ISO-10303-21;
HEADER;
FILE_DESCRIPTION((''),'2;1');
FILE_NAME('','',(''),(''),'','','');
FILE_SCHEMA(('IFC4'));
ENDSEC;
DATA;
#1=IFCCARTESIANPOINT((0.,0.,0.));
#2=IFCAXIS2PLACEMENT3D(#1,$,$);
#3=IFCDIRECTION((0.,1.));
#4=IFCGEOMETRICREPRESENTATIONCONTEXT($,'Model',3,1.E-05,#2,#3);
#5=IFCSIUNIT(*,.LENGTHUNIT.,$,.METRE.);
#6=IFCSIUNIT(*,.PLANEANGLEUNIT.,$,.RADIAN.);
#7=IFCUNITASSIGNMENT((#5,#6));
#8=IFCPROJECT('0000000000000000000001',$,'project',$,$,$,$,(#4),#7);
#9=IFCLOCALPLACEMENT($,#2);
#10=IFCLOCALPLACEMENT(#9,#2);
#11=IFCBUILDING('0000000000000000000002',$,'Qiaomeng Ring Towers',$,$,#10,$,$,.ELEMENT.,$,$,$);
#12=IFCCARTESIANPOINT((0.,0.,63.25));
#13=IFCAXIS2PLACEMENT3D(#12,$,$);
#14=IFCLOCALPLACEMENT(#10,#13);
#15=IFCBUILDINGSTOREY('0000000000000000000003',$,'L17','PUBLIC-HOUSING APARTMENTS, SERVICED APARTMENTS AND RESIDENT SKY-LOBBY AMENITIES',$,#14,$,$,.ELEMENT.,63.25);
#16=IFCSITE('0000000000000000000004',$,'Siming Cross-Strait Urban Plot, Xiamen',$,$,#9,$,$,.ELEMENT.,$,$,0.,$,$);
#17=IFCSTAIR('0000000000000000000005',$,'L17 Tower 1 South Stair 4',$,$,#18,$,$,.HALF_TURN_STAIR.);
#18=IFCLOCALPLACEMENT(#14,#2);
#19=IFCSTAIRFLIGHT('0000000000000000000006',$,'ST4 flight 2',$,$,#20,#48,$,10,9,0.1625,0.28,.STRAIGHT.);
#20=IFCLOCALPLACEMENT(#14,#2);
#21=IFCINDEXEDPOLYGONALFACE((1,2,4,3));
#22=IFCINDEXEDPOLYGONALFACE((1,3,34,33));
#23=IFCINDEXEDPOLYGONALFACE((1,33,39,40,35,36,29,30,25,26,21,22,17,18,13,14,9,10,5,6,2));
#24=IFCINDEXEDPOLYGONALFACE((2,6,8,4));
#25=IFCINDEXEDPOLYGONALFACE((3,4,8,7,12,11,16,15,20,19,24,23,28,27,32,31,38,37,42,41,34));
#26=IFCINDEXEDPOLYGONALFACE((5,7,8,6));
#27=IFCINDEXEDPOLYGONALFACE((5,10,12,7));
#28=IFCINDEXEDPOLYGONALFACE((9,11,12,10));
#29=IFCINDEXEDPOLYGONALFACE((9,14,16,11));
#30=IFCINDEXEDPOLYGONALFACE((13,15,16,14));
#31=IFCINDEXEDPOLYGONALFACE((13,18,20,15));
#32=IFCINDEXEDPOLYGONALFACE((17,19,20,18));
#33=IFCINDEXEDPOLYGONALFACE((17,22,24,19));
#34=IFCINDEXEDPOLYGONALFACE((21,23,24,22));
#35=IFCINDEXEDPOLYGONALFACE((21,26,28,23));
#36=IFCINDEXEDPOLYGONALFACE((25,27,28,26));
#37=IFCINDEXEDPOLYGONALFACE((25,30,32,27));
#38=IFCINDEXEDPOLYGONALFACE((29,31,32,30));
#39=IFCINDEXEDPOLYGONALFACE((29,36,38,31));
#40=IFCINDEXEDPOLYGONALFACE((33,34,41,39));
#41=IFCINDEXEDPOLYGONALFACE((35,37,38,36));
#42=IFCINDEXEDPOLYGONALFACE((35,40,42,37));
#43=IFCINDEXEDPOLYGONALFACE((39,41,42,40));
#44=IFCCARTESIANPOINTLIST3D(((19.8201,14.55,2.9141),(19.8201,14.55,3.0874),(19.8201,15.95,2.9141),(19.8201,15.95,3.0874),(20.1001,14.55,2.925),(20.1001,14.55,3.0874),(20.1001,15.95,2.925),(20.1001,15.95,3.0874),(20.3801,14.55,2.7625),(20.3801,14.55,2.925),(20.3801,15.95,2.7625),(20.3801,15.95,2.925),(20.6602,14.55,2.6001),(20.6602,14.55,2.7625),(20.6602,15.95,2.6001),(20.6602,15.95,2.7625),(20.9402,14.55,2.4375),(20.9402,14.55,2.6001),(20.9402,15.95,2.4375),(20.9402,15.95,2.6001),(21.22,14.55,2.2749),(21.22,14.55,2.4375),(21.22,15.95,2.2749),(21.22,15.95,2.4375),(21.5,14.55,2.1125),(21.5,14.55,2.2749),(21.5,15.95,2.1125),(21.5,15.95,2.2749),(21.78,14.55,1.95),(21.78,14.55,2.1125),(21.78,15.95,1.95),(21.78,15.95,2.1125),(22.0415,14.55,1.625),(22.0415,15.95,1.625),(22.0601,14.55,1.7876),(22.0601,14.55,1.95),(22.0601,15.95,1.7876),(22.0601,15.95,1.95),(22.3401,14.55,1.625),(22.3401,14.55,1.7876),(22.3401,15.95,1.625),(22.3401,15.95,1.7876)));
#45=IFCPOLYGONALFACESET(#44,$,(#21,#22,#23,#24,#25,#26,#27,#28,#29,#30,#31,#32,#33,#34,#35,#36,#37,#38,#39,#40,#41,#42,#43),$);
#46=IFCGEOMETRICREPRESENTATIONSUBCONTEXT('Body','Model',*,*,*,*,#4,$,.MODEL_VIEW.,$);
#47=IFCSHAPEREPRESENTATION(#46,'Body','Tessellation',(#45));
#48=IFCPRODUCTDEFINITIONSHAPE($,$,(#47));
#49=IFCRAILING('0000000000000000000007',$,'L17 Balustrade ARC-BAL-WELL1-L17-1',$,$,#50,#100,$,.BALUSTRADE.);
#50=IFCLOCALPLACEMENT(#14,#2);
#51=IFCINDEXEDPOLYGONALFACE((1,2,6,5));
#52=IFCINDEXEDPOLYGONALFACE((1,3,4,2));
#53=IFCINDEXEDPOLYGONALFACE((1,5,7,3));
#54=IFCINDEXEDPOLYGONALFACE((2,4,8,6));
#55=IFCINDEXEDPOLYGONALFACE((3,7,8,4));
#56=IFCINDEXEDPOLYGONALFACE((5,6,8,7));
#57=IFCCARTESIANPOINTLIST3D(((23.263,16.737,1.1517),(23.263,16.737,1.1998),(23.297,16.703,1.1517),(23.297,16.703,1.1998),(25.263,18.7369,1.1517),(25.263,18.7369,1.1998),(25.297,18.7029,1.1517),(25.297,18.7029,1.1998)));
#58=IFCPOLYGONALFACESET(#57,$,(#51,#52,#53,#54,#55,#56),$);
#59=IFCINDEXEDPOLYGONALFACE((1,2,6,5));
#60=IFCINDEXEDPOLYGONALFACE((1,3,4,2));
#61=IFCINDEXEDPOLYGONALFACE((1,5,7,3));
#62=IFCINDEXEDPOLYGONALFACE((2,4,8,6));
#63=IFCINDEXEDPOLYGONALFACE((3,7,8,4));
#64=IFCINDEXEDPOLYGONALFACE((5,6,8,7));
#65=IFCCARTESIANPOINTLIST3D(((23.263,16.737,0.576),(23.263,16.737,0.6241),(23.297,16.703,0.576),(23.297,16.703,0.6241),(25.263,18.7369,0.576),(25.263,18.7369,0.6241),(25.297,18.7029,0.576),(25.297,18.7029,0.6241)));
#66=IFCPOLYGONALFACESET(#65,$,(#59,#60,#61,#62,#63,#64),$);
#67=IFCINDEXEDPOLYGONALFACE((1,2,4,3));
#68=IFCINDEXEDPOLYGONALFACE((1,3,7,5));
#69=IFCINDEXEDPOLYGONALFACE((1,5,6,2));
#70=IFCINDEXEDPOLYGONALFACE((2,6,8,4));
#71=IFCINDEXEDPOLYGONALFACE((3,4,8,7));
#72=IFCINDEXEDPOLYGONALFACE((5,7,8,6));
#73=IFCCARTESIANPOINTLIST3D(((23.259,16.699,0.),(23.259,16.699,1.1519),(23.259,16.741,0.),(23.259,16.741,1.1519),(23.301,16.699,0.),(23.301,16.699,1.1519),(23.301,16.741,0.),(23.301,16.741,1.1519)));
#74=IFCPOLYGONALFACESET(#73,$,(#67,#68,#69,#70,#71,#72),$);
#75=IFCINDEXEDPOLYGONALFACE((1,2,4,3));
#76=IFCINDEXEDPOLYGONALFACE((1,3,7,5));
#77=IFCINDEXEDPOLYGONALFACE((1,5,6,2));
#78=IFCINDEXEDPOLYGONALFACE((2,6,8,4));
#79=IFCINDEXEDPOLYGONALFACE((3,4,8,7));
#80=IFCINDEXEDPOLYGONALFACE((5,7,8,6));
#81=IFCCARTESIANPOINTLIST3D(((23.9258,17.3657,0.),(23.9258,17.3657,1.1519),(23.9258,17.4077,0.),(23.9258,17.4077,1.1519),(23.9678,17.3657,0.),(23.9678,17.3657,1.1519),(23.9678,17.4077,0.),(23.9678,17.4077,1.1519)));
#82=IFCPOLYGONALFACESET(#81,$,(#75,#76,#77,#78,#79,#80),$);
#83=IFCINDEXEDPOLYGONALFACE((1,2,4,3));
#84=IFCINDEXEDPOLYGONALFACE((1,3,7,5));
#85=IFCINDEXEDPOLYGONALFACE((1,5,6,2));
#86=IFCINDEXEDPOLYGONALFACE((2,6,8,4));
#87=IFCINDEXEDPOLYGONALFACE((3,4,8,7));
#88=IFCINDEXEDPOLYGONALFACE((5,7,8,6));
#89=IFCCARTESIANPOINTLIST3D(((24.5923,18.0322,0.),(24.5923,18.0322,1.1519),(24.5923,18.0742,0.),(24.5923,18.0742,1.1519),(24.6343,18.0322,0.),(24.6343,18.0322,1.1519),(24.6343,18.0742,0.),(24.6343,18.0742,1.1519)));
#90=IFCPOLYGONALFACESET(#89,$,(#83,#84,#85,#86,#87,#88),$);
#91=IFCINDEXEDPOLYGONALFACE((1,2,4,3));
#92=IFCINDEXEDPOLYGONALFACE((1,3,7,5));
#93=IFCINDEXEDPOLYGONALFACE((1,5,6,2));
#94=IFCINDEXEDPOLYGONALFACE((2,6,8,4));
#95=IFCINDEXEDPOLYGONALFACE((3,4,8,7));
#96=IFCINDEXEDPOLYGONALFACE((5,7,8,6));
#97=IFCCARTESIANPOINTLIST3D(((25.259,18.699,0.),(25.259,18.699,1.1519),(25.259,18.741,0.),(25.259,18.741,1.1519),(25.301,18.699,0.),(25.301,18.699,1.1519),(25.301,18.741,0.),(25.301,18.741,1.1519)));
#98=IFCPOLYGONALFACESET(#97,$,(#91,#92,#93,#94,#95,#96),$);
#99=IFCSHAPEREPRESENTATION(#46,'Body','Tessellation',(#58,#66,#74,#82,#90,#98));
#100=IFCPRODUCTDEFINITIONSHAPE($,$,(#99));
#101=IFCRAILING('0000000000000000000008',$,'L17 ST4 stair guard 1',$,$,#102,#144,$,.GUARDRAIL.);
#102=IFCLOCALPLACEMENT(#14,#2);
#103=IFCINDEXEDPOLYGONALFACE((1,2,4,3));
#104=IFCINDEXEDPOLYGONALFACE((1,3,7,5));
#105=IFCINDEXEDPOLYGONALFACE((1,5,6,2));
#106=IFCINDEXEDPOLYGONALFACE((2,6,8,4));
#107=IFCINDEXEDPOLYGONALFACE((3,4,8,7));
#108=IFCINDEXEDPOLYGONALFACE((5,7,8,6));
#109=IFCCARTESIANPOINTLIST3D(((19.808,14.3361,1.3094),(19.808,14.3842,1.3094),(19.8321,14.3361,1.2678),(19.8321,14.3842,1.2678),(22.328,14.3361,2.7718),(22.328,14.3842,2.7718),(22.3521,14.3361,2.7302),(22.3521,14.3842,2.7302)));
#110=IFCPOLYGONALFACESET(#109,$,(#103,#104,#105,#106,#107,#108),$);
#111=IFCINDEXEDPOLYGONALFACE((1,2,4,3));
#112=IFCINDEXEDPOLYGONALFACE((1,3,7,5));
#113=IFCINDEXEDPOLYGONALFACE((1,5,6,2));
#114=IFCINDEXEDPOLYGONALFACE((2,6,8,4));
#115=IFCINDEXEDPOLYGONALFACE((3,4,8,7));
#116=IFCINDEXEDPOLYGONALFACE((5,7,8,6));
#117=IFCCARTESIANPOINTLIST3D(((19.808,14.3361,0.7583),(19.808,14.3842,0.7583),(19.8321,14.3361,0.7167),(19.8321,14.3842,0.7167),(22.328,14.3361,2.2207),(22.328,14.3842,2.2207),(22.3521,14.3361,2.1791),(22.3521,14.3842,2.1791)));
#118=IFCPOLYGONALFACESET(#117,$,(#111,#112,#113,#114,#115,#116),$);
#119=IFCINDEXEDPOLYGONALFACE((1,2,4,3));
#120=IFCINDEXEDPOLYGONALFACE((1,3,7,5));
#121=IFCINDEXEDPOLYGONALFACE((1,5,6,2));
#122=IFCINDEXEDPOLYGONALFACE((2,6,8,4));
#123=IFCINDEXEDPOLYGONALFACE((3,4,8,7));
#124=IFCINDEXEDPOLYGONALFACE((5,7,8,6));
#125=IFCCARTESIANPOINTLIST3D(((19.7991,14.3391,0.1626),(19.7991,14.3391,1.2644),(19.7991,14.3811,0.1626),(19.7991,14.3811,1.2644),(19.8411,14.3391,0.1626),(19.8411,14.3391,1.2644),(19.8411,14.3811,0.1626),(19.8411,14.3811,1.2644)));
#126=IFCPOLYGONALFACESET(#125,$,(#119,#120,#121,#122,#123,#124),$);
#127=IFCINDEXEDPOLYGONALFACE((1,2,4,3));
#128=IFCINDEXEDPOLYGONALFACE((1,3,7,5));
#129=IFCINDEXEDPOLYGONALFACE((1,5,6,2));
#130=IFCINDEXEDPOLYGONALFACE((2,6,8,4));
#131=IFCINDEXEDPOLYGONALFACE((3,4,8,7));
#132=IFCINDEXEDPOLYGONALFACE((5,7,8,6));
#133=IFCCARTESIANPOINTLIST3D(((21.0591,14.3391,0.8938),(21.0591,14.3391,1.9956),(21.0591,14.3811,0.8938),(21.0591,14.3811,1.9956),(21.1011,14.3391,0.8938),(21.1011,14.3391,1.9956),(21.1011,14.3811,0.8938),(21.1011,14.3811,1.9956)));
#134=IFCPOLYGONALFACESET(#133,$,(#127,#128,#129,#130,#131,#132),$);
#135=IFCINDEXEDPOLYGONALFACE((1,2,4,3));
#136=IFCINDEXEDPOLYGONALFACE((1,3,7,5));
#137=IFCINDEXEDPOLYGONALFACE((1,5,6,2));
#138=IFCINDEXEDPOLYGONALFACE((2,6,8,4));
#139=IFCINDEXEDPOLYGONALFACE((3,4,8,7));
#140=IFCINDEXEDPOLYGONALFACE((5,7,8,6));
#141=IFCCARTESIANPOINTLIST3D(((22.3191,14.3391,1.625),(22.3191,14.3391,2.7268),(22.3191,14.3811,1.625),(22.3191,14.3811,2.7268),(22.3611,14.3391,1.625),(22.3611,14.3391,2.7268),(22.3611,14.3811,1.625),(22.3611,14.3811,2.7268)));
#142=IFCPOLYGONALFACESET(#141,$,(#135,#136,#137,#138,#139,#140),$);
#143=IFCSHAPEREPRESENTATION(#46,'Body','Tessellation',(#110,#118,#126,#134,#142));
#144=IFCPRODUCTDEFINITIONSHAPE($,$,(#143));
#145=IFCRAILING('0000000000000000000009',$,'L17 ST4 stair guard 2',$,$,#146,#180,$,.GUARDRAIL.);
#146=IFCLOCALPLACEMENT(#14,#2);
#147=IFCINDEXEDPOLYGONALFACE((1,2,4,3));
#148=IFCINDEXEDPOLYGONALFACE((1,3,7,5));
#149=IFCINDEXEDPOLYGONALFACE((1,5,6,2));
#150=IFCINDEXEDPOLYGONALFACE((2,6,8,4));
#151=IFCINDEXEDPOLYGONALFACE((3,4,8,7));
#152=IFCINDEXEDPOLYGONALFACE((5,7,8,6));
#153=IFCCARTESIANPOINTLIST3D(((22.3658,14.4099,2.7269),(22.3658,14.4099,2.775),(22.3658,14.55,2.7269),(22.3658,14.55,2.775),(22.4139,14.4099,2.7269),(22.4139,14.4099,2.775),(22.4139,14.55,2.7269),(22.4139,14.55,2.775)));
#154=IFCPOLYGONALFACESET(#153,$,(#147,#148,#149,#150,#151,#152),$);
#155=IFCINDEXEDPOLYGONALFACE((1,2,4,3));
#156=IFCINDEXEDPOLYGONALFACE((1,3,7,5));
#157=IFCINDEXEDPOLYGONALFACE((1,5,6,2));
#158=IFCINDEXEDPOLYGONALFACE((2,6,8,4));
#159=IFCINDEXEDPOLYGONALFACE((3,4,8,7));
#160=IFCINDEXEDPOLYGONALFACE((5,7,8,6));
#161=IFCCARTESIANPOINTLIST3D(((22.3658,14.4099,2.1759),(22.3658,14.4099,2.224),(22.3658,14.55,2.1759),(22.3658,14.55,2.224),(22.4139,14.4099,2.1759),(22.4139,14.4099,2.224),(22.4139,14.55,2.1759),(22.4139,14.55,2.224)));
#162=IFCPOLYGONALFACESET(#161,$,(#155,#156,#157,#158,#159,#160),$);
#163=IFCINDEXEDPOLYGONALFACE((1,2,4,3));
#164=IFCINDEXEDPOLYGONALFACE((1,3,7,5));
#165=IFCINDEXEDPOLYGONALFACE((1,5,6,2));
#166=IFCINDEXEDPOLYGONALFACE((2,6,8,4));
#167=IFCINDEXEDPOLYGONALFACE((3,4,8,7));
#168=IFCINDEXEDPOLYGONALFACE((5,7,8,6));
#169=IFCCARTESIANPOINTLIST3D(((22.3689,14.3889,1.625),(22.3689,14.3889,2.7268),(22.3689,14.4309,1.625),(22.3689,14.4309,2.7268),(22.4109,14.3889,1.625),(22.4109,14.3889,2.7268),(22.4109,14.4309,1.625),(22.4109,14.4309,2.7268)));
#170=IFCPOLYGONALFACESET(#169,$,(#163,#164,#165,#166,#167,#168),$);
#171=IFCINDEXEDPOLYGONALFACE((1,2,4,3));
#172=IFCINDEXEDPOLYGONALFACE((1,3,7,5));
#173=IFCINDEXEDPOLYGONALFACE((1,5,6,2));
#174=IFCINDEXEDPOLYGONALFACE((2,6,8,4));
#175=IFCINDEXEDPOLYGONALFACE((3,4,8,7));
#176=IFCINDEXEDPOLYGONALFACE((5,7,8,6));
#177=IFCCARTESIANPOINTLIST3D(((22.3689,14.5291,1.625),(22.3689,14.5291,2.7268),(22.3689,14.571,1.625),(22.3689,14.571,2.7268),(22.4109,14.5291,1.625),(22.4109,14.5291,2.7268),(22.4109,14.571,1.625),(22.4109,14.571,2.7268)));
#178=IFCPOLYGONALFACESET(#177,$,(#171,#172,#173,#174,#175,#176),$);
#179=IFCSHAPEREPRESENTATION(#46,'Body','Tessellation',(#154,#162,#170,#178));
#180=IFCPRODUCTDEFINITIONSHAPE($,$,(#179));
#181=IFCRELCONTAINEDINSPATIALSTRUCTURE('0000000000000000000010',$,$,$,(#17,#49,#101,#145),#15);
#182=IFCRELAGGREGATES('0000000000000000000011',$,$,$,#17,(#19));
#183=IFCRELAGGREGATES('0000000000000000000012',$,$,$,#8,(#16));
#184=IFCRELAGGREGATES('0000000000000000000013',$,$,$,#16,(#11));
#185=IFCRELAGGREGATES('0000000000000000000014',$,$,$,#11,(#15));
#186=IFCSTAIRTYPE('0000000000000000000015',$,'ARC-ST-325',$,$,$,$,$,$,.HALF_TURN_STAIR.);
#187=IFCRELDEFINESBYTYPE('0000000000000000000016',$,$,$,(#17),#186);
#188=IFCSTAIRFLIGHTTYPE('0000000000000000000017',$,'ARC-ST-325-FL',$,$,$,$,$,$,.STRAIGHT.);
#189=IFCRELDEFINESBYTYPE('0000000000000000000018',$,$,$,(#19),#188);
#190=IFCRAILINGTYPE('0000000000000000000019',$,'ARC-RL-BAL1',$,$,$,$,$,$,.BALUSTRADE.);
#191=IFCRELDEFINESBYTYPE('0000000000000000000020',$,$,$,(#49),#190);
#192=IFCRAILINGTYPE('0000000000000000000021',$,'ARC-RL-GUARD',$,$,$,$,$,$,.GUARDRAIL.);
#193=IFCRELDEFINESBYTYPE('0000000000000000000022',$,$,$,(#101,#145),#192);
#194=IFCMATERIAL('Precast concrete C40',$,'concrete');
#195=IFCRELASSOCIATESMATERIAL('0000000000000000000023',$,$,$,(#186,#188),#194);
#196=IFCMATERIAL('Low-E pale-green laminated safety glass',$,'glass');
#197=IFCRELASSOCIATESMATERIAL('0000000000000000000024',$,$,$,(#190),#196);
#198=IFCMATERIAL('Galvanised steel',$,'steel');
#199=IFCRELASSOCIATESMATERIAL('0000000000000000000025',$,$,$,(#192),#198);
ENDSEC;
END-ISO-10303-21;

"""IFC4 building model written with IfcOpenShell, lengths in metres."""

from ifc_helpers import new_model, si_unit, direction, frame, origin, origin_2d, place, context, subcontext, project, spatial, polyline, rectangle, outline, extrude, source, transform, mapped, material, type_object, element, aggregate, save


model = new_model("IFC4")

# Units and contexts
model_context = context("Model", 3, precision=1e-05, world=origin(), true_north=direction((0.0, 1.0)))
body_context = subcontext(model_context, "Body", "Model", "MODEL_VIEW")
ifc_project = project(units=[si_unit("LENGTHUNIT", "METRE"), si_unit("PLANEANGLEUNIT", "RADIAN")], contexts=[model_context])

# Site, building, storey
site_placement = place(None, origin())
site = spatial("IfcSite", under=ifc_project, at=site_placement, Name="Siming Cross-Strait Urban Plot, Xiamen", CompositionType="ELEMENT", RefElevation=0.0)
building_placement = place(site_placement, origin())
building = spatial("IfcBuilding", under=site, at=building_placement, Name="Qiaomeng Ring Towers", CompositionType="ELEMENT")
storey_placement = place(building_placement, frame((0.0, 0.0, 63.25)))
storey = spatial("IfcBuildingStorey", under=building, at=storey_placement, Name="L17", Description="PUBLIC-HOUSING APARTMENTS, SERVICED APARTMENTS AND RESIDENT SKY-LOBBY AMENITIES", CompositionType="ELEMENT", Elevation=63.25)

# Shared definitions
ifc_material_1 = material(Name="Galvanised steel", Category="steel")

# Stair, stair flight
ifc_material_2 = material(Name="Precast concrete C40", Category="concrete")
stair_type = type_object("IfcStairType", Name="ARC-ST-325", PredefinedType="HALF_TURN_STAIR", material=ifc_material_2)
stair_placement = place(storey_placement, origin())
stair = element("IfcStair", 1, at=stair_placement, inside=storey, type_object=stair_type, Name="L17 Tower 1 South Stair 4", PredefinedType="HALF_TURN_STAIR")
stair_flight_type = type_object("IfcStairFlightType", Name="ARC-ST-325-FL", PredefinedType="STRAIGHT", material=ifc_material_2)
shared_shape_1 = source(origin(), body_context, "Body", "SweptSolid", [
    extrude(outline(polyline([(0.0, 0.0), (0.0, 0.1626), (0.28, 0.1626), (0.28, 0.325), (0.5601, 0.325), (0.5601, 0.4875), (0.8401, 0.4875), (0.8401, 0.6499), (1.1201, 0.6499), (1.1201, 0.8125), (1.3999, 0.8125), (1.3999, 0.9751), (1.6799, 0.9751), (1.6799, 1.1375), (1.96, 1.1375), (1.96, 1.3), (2.24, 1.3), (2.24, 1.4624), (2.52, 1.4624), (2.52, 1.625), (2.52, 1.2891), (0.2986, 0.0), (0.0, 0.0)])), frame((0.0, 0.7, 0.0), z_axis=(0.0, -1.0, 0.0), x_axis=(1.0, 0.0, 0.0)), (0.0, 0.0, 1.0), 1.3999),
])
stair_flight_placement = place(storey_placement, frame((22.3401, 15.25, 1.625), z_axis=(0.0, 0.0, 1.0), x_axis=(-1.0, 0.0, 0.0)))
stair_flight = element("IfcStairFlight", 2, at=stair_flight_placement, type_object=stair_flight_type, Name="ST4 flight 2", NumberOfRisers=10, NumberOfTreads=9, PredefinedType="STRAIGHT", RiserHeight=0.1625, TreadLength=0.28, context=body_context, shape_type="MappedRepresentation", body=[
    mapped(shared_shape_1, transform((0.0, 0.0, 0.0), x_axis=(1.0, 0.0, 0.0), y_axis=(0.0, 1.0, 0.0), z_axis=(0.0, 0.0, 1.0), scale=1.0)),
])
aggregate(stair, [stair_flight])

# Railings
ifc_material_3 = material(Name="Low-E pale-green laminated safety glass", Category="glass")
railing_type_1 = type_object("IfcRailingType", Name="ARC-RL-BAL1", PredefinedType="BALUSTRADE", material=ifc_material_3)
railing_1_placement = place(storey_placement, frame((23.28, 16.72, 0.0)))
element("IfcRailing", 3, at=railing_1_placement, inside=storey, type_object=railing_type_1, Name="L17 Balustrade ARC-BAL-WELL1-L17-1", PredefinedType="BALUSTRADE", context=body_context, shape_type="SweptSolid", body=[
    extrude(rectangle(XDim=0.0481, YDim=0.0481, at=origin_2d()), frame((0.0, 0.0, 1.1758), z_axis=(0.707107, 0.707107, 0.0), x_axis=(-0.707107, 0.707107, 0.0)), (0.0, 0.0, 1.0), 2.8284),
    extrude(rectangle(XDim=0.0481, YDim=0.0481, at=origin_2d()), frame((0.0, 0.0, 0.6001), z_axis=(0.707107, 0.707107, 0.0), x_axis=(-0.707107, 0.707107, 0.0)), (0.0, 0.0, 1.0), 2.8284),
    extrude(rectangle(XDim=0.042, YDim=0.042, at=origin_2d()), origin(), (0.0, 0.0, 1.0), 1.1519),
    extrude(rectangle(XDim=0.042, YDim=0.042, at=origin_2d()), frame((0.6667, 0.6667, 0.0)), (0.0, 0.0, 1.0), 1.1519),
    extrude(rectangle(XDim=0.042, YDim=0.042, at=origin_2d()), frame((1.3333, 1.3333, 0.0)), (0.0, 0.0, 1.0), 1.1519),
    extrude(rectangle(XDim=0.042, YDim=0.042, at=origin_2d()), frame((2.0, 2.0, 0.0)), (0.0, 0.0, 1.0), 1.1519),
])
railing_type_2 = type_object("IfcRailingType", Name="ARC-RL-GUARD", PredefinedType="GUARDRAIL", material=ifc_material_1)
railing_2_placement = place(storey_placement, frame((19.8201, 14.3601, 0.1626)))
element("IfcRailing", 4, at=railing_2_placement, inside=storey, type_object=railing_type_2, Name="L17 ST4 stair guard 1", PredefinedType="GUARDRAIL", context=body_context, shape_type="SweptSolid", body=[
    extrude(rectangle(XDim=0.0481, YDim=0.0481, at=origin_2d()), frame((0.0, 0.0, 1.126), z_axis=(0.864913, 0.0, 0.501921), x_axis=(0.0, 1.0, 0.0)), (0.0, 0.0, 1.0), 2.9136),
    extrude(rectangle(XDim=0.0481, YDim=0.0481, at=origin_2d()), frame((0.0, 0.0, 0.575), z_axis=(0.864913, 0.0, 0.501921), x_axis=(0.0, 1.0, 0.0)), (0.0, 0.0, 1.0), 2.9136),
    extrude(rectangle(XDim=0.042, YDim=0.042, at=origin_2d()), origin(), (0.0, 0.0, 1.0), 1.1018),
    extrude(rectangle(XDim=0.042, YDim=0.042, at=origin_2d()), frame((1.26, 0.0, 0.7312)), (0.0, 0.0, 1.0), 1.1018),
    extrude(rectangle(XDim=0.042, YDim=0.042, at=origin_2d()), frame((2.52, 0.0, 1.4624)), (0.0, 0.0, 1.0), 1.1018),
])
railing_3_placement = place(storey_placement, frame((22.3899, 14.4099, 1.625)))
element("IfcRailing", 5, at=railing_3_placement, inside=storey, type_object=railing_type_2, Name="L17 ST4 stair guard 2", PredefinedType="GUARDRAIL", context=body_context, shape_type="SweptSolid", body=[
    extrude(rectangle(XDim=0.0481, YDim=0.0481, at=origin_2d()), frame((0.0, 0.0, 1.126), z_axis=(0.0, 1.0, 0.0), x_axis=(-1.0, 0.0, 0.0)), (0.0, 0.0, 1.0), 0.1401),
    extrude(rectangle(XDim=0.0481, YDim=0.0481, at=origin_2d()), frame((0.0, 0.0, 0.575), z_axis=(0.0, 1.0, 0.0), x_axis=(-1.0, 0.0, 0.0)), (0.0, 0.0, 1.0), 0.1401),
    extrude(rectangle(XDim=0.042, YDim=0.042, at=origin_2d()), origin(), (0.0, 0.0, 1.0), 1.1018),
    extrude(rectangle(XDim=0.042, YDim=0.042, at=origin_2d()), frame((0.0, 0.1401, 0.0)), (0.0, 0.0, 1.0), 1.1018),
])

save(model, "model.ifc")
